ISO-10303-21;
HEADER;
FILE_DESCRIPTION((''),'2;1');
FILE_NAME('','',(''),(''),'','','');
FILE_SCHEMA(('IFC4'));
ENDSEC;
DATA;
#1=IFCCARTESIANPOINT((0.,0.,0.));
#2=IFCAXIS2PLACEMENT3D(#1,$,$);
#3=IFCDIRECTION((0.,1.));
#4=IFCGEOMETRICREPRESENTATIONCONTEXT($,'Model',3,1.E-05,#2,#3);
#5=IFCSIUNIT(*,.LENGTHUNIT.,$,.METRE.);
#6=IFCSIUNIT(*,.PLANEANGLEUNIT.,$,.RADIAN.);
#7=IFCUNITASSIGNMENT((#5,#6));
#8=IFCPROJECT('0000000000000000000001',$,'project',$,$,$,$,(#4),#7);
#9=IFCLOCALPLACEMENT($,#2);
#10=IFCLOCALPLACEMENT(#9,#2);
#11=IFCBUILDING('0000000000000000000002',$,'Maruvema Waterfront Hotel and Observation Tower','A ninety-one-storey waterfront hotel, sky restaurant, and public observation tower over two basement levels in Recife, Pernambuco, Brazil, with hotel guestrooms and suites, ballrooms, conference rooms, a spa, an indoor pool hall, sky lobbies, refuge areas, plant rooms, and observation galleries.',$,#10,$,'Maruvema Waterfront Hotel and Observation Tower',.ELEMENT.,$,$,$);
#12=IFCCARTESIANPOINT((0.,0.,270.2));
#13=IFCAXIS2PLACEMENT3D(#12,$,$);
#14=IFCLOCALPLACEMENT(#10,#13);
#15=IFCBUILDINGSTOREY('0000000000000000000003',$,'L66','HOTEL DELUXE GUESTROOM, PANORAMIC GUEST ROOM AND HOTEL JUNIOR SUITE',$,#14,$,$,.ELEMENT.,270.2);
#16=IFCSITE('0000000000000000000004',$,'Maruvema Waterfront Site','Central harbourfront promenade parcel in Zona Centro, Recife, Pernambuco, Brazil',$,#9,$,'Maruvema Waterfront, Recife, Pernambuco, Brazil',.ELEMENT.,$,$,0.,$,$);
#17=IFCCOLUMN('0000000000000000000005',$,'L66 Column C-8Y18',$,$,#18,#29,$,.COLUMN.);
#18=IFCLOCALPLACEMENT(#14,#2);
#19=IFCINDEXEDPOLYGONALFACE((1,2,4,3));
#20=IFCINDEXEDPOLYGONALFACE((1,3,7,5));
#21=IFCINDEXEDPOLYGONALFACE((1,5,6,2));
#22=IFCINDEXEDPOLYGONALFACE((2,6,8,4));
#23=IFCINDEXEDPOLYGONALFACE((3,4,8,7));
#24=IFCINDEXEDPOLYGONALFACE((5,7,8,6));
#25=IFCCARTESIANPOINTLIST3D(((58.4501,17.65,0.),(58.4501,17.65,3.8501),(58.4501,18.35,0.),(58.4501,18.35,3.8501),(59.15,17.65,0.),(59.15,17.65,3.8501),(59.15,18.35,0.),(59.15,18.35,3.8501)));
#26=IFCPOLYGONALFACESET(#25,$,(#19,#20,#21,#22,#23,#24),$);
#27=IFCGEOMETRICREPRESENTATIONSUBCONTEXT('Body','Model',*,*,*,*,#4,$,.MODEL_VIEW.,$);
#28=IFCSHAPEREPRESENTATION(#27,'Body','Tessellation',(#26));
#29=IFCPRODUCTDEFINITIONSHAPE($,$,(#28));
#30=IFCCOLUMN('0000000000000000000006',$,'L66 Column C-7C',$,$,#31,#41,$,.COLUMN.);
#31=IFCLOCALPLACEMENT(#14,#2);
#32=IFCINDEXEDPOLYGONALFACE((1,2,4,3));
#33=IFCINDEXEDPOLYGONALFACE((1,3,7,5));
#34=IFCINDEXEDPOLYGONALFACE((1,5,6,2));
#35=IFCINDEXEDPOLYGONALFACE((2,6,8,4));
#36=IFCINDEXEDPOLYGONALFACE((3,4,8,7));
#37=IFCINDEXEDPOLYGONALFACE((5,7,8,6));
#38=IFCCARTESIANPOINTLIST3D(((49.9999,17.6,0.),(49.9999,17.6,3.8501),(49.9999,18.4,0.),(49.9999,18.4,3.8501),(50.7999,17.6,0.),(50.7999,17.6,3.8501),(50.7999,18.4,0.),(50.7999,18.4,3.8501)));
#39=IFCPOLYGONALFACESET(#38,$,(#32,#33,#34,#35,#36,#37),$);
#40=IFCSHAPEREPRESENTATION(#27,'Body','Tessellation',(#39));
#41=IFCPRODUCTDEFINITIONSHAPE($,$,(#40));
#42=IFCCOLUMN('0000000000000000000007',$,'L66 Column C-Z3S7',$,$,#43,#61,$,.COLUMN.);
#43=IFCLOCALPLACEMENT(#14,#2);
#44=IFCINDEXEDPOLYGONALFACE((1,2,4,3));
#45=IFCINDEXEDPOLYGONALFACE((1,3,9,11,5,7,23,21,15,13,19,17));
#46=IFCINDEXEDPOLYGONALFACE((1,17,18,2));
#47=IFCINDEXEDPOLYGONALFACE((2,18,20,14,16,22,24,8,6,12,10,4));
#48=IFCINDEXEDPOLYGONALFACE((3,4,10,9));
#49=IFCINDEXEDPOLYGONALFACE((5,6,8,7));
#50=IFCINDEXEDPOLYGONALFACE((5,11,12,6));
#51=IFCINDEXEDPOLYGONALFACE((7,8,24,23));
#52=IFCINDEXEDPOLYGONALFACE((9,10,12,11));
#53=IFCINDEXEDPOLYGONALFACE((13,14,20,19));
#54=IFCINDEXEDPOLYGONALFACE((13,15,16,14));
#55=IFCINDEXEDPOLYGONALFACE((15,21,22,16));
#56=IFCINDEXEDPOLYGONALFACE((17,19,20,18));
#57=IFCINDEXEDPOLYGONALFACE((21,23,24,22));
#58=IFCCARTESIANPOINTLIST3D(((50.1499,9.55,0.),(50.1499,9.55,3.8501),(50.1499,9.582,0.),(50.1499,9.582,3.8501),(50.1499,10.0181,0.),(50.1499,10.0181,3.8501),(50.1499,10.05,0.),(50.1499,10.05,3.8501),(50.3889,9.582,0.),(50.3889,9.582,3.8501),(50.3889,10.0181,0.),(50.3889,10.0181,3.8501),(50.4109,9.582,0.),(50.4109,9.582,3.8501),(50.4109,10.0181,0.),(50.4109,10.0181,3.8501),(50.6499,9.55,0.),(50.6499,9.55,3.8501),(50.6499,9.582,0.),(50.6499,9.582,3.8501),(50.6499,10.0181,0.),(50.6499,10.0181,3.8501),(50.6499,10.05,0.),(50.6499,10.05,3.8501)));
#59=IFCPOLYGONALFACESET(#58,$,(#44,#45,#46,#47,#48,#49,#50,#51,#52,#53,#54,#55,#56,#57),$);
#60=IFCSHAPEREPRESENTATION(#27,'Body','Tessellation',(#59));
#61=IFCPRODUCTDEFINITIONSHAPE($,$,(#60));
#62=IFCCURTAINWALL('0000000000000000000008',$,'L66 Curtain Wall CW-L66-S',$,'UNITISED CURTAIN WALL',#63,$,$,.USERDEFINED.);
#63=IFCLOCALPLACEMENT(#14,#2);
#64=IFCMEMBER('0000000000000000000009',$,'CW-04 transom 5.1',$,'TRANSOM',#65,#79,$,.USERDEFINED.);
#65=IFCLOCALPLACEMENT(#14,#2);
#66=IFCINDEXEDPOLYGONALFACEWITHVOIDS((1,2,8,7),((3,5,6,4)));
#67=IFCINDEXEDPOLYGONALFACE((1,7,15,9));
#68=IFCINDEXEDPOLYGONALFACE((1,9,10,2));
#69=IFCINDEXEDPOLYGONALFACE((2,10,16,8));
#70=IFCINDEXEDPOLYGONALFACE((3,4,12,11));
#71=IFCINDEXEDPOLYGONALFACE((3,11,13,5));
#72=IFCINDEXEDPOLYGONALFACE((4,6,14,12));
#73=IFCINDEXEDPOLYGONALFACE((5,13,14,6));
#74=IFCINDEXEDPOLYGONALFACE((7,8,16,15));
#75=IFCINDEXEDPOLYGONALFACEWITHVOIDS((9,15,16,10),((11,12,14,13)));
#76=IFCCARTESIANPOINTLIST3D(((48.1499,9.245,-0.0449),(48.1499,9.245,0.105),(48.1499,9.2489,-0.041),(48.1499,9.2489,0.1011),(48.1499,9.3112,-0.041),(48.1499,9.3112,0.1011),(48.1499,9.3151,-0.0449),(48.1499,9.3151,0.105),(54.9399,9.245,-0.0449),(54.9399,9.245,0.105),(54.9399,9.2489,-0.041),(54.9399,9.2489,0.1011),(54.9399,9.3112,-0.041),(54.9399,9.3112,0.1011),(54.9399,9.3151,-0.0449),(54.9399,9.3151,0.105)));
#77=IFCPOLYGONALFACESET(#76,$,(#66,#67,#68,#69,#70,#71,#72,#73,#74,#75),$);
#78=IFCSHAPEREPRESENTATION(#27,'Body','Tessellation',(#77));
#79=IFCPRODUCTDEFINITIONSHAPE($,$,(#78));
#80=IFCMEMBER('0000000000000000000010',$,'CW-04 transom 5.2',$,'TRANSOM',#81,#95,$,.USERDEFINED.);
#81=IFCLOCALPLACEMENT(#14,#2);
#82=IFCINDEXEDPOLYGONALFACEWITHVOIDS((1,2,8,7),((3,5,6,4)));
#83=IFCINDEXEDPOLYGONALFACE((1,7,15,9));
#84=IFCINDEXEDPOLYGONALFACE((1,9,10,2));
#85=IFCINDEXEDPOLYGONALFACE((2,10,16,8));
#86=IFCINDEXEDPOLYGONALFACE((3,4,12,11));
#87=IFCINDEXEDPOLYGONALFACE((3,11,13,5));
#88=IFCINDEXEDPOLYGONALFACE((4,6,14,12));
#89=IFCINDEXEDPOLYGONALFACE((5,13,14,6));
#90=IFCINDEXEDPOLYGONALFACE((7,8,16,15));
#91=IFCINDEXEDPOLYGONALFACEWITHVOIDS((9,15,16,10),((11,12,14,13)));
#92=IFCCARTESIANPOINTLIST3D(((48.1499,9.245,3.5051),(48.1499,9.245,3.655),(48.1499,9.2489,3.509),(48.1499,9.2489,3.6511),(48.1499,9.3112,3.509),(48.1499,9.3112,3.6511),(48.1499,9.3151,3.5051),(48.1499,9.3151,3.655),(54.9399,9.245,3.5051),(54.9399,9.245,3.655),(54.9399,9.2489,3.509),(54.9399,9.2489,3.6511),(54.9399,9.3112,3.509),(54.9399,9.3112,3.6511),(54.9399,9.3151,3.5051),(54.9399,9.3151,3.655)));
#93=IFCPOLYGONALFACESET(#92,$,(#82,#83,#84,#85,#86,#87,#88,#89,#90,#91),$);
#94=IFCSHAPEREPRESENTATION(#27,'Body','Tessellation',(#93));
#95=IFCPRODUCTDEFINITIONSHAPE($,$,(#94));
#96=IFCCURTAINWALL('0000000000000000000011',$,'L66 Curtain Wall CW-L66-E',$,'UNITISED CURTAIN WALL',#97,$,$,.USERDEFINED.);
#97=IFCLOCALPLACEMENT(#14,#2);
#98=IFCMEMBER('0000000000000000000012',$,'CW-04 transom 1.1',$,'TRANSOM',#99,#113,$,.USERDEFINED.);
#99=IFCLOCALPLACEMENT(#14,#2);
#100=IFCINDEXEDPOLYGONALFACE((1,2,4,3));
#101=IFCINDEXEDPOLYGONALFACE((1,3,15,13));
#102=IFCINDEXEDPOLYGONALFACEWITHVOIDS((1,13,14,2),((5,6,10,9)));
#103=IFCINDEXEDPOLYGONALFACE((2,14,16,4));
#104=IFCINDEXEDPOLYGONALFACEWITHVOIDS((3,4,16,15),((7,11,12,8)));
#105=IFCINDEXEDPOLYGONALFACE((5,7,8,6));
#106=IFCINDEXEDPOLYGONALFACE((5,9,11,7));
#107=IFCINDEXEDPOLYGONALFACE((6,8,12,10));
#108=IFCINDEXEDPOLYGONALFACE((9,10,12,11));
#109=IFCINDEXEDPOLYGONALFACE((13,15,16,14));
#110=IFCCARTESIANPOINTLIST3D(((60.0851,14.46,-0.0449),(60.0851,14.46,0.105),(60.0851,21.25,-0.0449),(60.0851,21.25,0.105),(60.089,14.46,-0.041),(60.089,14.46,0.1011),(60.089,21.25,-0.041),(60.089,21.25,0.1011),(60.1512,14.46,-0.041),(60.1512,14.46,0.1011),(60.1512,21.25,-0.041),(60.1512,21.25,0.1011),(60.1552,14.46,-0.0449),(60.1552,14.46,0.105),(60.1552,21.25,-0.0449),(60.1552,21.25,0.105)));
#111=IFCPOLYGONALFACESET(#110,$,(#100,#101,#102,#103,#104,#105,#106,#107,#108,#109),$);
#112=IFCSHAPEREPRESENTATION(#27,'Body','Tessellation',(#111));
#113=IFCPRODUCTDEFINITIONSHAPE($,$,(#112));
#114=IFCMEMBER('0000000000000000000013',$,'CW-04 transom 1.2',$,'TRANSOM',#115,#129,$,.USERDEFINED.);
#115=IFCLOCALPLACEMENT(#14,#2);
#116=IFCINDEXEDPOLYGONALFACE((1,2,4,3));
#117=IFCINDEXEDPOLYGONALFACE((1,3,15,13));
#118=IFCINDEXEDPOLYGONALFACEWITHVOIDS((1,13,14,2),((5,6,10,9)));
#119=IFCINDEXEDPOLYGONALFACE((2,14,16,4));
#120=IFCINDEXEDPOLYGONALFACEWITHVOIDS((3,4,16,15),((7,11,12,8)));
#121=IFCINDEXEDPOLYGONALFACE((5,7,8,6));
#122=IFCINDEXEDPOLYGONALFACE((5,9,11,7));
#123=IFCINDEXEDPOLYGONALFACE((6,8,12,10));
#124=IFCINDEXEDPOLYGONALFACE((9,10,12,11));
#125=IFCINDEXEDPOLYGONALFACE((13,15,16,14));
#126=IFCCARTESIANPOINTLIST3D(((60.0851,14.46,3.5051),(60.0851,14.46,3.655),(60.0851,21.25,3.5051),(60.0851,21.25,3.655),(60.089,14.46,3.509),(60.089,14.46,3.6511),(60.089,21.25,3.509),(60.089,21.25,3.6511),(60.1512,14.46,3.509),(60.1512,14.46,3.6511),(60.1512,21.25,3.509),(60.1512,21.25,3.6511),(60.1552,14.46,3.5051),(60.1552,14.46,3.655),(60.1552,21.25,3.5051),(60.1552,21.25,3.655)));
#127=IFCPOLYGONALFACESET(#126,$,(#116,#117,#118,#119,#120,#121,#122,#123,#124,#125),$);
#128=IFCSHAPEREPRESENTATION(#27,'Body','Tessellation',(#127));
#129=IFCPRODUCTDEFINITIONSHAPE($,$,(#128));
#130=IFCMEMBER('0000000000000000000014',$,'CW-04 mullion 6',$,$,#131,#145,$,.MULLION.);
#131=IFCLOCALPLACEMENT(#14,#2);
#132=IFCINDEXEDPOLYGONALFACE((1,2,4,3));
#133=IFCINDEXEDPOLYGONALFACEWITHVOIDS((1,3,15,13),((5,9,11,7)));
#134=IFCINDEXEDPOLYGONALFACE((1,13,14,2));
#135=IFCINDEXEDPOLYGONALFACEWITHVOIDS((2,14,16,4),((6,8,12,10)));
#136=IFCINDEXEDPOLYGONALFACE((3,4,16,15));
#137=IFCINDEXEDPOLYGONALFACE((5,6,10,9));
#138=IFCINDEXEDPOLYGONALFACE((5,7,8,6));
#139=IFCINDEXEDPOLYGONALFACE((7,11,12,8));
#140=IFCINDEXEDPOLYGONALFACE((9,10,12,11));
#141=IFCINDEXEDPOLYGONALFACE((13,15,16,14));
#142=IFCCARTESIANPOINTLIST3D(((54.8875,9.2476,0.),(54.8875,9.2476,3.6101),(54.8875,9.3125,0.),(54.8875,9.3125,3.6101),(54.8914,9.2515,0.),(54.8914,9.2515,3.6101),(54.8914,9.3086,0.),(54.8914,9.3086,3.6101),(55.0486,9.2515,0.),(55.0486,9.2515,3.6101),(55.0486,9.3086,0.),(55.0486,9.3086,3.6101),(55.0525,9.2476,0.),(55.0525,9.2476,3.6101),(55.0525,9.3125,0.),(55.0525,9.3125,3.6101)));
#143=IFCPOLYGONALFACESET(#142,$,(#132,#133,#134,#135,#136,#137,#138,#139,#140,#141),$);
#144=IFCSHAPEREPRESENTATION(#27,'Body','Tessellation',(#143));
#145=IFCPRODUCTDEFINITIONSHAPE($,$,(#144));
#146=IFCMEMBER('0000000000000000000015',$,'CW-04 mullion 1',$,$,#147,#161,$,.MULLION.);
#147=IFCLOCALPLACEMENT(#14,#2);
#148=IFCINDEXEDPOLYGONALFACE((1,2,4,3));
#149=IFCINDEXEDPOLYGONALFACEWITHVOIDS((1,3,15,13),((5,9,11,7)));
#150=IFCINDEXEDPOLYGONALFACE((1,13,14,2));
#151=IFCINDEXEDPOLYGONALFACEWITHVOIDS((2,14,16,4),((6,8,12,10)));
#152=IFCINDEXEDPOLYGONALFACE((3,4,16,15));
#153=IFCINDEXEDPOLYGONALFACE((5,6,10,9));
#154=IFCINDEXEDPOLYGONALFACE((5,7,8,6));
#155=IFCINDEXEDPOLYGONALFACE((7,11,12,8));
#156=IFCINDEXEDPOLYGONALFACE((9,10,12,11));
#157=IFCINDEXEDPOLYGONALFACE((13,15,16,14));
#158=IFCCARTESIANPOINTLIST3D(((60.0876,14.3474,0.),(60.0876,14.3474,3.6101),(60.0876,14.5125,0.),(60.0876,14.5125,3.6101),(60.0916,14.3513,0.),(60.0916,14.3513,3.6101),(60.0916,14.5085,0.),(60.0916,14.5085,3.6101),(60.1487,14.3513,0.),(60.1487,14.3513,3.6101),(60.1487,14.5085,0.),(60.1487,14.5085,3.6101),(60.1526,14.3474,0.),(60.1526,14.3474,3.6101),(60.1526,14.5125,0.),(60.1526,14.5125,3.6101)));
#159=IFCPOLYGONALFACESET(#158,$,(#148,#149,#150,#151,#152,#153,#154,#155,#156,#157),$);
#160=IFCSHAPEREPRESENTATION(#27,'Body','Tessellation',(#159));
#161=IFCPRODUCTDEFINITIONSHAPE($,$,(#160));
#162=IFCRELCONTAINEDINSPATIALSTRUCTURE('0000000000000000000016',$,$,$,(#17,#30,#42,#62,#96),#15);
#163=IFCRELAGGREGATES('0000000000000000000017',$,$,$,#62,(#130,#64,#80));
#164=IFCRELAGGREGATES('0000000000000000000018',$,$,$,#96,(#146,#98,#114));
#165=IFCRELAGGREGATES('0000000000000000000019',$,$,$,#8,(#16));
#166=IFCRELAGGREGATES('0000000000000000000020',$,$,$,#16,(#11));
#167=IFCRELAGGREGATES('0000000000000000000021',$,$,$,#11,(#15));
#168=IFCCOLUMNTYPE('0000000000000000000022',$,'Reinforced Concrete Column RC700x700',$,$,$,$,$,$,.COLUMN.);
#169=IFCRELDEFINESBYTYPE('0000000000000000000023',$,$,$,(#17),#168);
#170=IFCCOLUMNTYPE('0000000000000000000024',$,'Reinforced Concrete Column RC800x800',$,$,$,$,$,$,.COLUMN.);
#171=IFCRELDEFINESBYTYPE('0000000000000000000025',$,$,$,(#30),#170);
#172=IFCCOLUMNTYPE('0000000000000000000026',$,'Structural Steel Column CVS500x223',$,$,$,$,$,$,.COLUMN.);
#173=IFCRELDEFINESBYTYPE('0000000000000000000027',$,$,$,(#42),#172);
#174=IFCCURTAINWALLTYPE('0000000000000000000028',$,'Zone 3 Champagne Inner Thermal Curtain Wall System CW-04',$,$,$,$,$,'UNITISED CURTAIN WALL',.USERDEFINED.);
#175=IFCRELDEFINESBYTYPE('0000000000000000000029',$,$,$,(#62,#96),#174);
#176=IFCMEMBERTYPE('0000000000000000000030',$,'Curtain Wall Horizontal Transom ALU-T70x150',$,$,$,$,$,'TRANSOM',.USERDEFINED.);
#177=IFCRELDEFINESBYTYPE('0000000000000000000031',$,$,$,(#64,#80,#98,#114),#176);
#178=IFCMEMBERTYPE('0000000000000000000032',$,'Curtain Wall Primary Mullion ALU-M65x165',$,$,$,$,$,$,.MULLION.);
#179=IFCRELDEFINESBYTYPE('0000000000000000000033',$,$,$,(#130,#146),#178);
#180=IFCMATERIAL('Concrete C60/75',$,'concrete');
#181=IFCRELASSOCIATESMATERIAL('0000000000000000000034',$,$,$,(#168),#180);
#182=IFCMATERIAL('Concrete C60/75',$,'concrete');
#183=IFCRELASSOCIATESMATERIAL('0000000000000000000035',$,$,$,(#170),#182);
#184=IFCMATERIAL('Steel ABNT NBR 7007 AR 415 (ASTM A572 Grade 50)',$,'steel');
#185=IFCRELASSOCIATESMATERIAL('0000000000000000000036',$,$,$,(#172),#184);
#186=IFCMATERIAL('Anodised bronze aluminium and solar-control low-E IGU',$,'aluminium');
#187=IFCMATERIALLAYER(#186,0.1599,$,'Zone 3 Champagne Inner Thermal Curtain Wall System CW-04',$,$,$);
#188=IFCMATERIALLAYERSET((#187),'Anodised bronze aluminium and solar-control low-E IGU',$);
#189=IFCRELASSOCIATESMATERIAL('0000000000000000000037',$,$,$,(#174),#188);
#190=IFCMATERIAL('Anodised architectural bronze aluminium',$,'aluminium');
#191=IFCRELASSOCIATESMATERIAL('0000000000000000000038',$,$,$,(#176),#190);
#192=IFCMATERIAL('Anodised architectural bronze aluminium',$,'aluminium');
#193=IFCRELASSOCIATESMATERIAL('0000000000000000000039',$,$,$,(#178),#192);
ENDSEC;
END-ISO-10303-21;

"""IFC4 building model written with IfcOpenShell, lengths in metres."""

from ifc_helpers import new_model, si_unit, direction, frame, origin, origin_2d, place, context, subcontext, project, spatial, rectangle, hollow_rectangle, i_section, extrude, material, layer, layer_set, material_profile, profile_set, type_object, element, aggregate, save


model = new_model("IFC4")

# Units and contexts
model_context = context("Model", 3, precision=1e-05, world=origin(), true_north=direction((0.0, 1.0)))
body_context = subcontext(model_context, "Body", "Model", "MODEL_VIEW")
ifc_project = project(units=[si_unit("LENGTHUNIT", "METRE"), si_unit("PLANEANGLEUNIT", "RADIAN")], contexts=[model_context])

# Site, building, storey
site_placement = place(None, origin())
site = spatial("IfcSite", under=ifc_project, at=site_placement, Name="Maruvema Waterfront Site", Description="Central harbourfront promenade parcel in Zona Centro, Recife, Pernambuco, Brazil", LongName="Maruvema Waterfront, Recife, Pernambuco, Brazil", CompositionType="ELEMENT", RefElevation=0.0)
building_placement = place(site_placement, origin())
building = spatial("IfcBuilding", under=site, at=building_placement, Name="Maruvema Waterfront Hotel and Observation Tower", Description="A ninety-one-storey waterfront hotel, sky restaurant, and public observation tower over two basement levels in Recife, Pernambuco, Brazil, with hotel guestrooms and suites, ballrooms, conference rooms, a spa, an indoor pool hall, sky lobbies, refuge areas, plant rooms, and observation galleries.", LongName="Maruvema Waterfront Hotel and Observation Tower", CompositionType="ELEMENT")
storey_placement = place(building_placement, frame((0.0, 0.0, 270.2)))
storey = spatial("IfcBuildingStorey", under=building, at=storey_placement, Name="L66", Description="HOTEL DELUXE GUESTROOM, PANORAMIC GUEST ROOM AND HOTEL JUNIOR SUITE", CompositionType="ELEMENT", Elevation=270.2)

# Columns
ifc_material_1 = material(Name="Concrete C60/75", Category="concrete")
ifc_material_profile_1 = material_profile(ifc_material_1, rectangle(XDim=0.7, YDim=0.7, at=origin_2d()), Name="RC700x700")
ifc_profile_set_1 = profile_set([ifc_material_profile_1], Name="Concrete C60/75")
column_type_1 = type_object("IfcColumnType", Name="Reinforced Concrete Column RC700x700", PredefinedType="COLUMN", material=ifc_profile_set_1)
column_1_placement = place(storey_placement, frame((58.8, 18.0, 0.0), z_axis=(0.0, 0.0, 1.0), x_axis=(1.0, 0.0, 0.0)))
element("IfcColumn", 1, at=column_1_placement, inside=storey, type_object=column_type_1, Name="L66 Column C-8Y18", PredefinedType="COLUMN", context=body_context, shape_type="SweptSolid", body=[
    extrude(rectangle(XDim=0.7, YDim=0.7, at=origin_2d()), origin(), (0.0, 0.0, 1.0), 3.8501),
])
ifc_material_2 = material(Name="Concrete C60/75", Category="concrete")
ifc_material_profile_2 = material_profile(ifc_material_2, rectangle(XDim=0.8, YDim=0.8, at=origin_2d()), Name="RC800x800")
ifc_profile_set_2 = profile_set([ifc_material_profile_2], Name="Concrete C60/75")
column_type_2 = type_object("IfcColumnType", Name="Reinforced Concrete Column RC800x800", PredefinedType="COLUMN", material=ifc_profile_set_2)
column_2_placement = place(storey_placement, frame((50.3999, 18.0, 0.0), z_axis=(0.0, 0.0, 1.0), x_axis=(1.0, 0.0, 0.0)))
element("IfcColumn", 2, at=column_2_placement, inside=storey, type_object=column_type_2, Name="L66 Column C-7C", PredefinedType="COLUMN", context=body_context, shape_type="SweptSolid", body=[
    extrude(rectangle(XDim=0.8, YDim=0.8, at=origin_2d()), origin(), (0.0, 0.0, 1.0), 3.8501),
])
ifc_material_3 = material(Name="Steel ABNT NBR 7007 AR 415 (ASTM A572 Grade 50)", Category="steel")
ifc_material_profile_3 = material_profile(ifc_material_3, i_section(OverallWidth=0.5, OverallDepth=0.5, WebThickness=0.022, FlangeThickness=0.032, at=origin_2d()), Name="CVS500x223")
ifc_profile_set_3 = profile_set([ifc_material_profile_3], Name="Steel ABNT NBR 7007 AR 415 (ASTM A572 Grade 50)")
column_type_3 = type_object("IfcColumnType", Name="Structural Steel Column CVS500x223", PredefinedType="COLUMN", material=ifc_profile_set_3)
column_3_placement = place(storey_placement, frame((50.3999, 9.8, 0.0), z_axis=(0.0, 0.0, 1.0), x_axis=(1.0, 0.0, 0.0)))
element("IfcColumn", 3, at=column_3_placement, inside=storey, type_object=column_type_3, Name="L66 Column C-Z3S7", PredefinedType="COLUMN", context=body_context, shape_type="SweptSolid", body=[
    extrude(i_section(OverallWidth=0.5, OverallDepth=0.5, WebThickness=0.022, FlangeThickness=0.032, at=origin_2d()), origin(), (0.0, 0.0, 1.0), 3.8501),
])

# Curtain walls, members
ifc_material_4 = material(Name="Anodised bronze aluminium and solar-control low-E IGU", Category="aluminium")
ifc_layer_1 = layer(ifc_material_4, 0.1599, Name="Zone 3 Champagne Inner Thermal Curtain Wall System CW-04")
ifc_layer_set_1 = layer_set([ifc_layer_1], Name="Anodised bronze aluminium and solar-control low-E IGU")
curtain_wall_type = type_object("IfcCurtainWallType", Name="Zone 3 Champagne Inner Thermal Curtain Wall System CW-04", ElementType="UNITISED CURTAIN WALL", PredefinedType="USERDEFINED", material=ifc_layer_set_1)
curtain_wall_1_placement = place(storey_placement, origin())
curtain_wall_1 = element("IfcCurtainWall", 4, at=curtain_wall_1_placement, inside=storey, type_object=curtain_wall_type, Name="L66 Curtain Wall CW-L66-S", ObjectType="UNITISED CURTAIN WALL", PredefinedType="USERDEFINED")
ifc_material_5 = material(Name="Anodised architectural bronze aluminium", Category="aluminium")
ifc_material_profile_4 = material_profile(ifc_material_5, hollow_rectangle(XDim=0.0701, YDim=0.1499, WallThickness=0.0039, at=origin_2d()), Name="ALU-T70x150")
ifc_profile_set_4 = profile_set([ifc_material_profile_4], Name="Anodised architectural bronze aluminium")
member_type_1 = type_object("IfcMemberType", Name="Curtain Wall Horizontal Transom ALU-T70x150", ElementType="TRANSOM", PredefinedType="USERDEFINED", material=ifc_profile_set_4)
member_1_placement = place(storey_placement, frame((48.1499, 9.28, 0.03), z_axis=(1.0, 0.0, 0.0), x_axis=(0.0, 1.0, 0.0)))
member_1 = element("IfcMember", 5, at=member_1_placement, type_object=member_type_1, Name="CW-04 transom 5.1", ObjectType="TRANSOM", PredefinedType="USERDEFINED", context=body_context, shape_type="SweptSolid", body=[
    extrude(hollow_rectangle(XDim=0.0701, YDim=0.1499, WallThickness=0.0039, at=origin_2d()), origin(), (0.0, 0.0, 1.0), 6.79),
])
member_2_placement = place(storey_placement, frame((48.1499, 9.28, 3.5801), z_axis=(1.0, 0.0, 0.0), x_axis=(0.0, 1.0, 0.0)))
member_2 = element("IfcMember", 6, at=member_2_placement, type_object=member_type_1, Name="CW-04 transom 5.2", ObjectType="TRANSOM", PredefinedType="USERDEFINED", context=body_context, shape_type="SweptSolid", body=[
    extrude(hollow_rectangle(XDim=0.0701, YDim=0.1499, WallThickness=0.0039, at=origin_2d()), origin(), (0.0, 0.0, 1.0), 6.79),
])
curtain_wall_2_placement = place(storey_placement, origin())
curtain_wall_2 = element("IfcCurtainWall", 7, at=curtain_wall_2_placement, inside=storey, type_object=curtain_wall_type, Name="L66 Curtain Wall CW-L66-E", ObjectType="UNITISED CURTAIN WALL", PredefinedType="USERDEFINED")
member_3_placement = place(storey_placement, frame((60.1201, 14.46, 0.03), z_axis=(0.0, 1.0, 0.0), x_axis=(-1.0, 0.0, 0.0)))
member_3 = element("IfcMember", 8, at=member_3_placement, type_object=member_type_1, Name="CW-04 transom 1.1", ObjectType="TRANSOM", PredefinedType="USERDEFINED", context=body_context, shape_type="SweptSolid", body=[
    extrude(hollow_rectangle(XDim=0.0701, YDim=0.1499, WallThickness=0.0039, at=origin_2d()), origin(), (0.0, 0.0, 1.0), 6.79),
])
member_4_placement = place(storey_placement, frame((60.1201, 14.46, 3.5801), z_axis=(0.0, 1.0, 0.0), x_axis=(-1.0, 0.0, 0.0)))
member_4 = element("IfcMember", 9, at=member_4_placement, type_object=member_type_1, Name="CW-04 transom 1.2", ObjectType="TRANSOM", PredefinedType="USERDEFINED", context=body_context, shape_type="SweptSolid", body=[
    extrude(hollow_rectangle(XDim=0.0701, YDim=0.1499, WallThickness=0.0039, at=origin_2d()), origin(), (0.0, 0.0, 1.0), 6.79),
])

# Members
ifc_material_6 = material(Name="Anodised architectural bronze aluminium", Category="aluminium")
ifc_material_profile_5 = material_profile(ifc_material_6, hollow_rectangle(XDim=0.0649, YDim=0.165, WallThickness=0.0039, at=origin_2d()), Name="ALU-M65x165")
ifc_profile_set_5 = profile_set([ifc_material_profile_5], Name="Anodised architectural bronze aluminium")
member_type_2 = type_object("IfcMemberType", Name="Curtain Wall Primary Mullion ALU-M65x165", PredefinedType="MULLION", material=ifc_profile_set_5)
member_5_placement = place(storey_placement, frame((54.97, 9.28, 0.0), z_axis=(0.0, 0.0, 1.0), x_axis=(0.0, 1.0, 0.0)))
member_5 = element("IfcMember", 10, at=member_5_placement, type_object=member_type_2, Name="CW-04 mullion 6", PredefinedType="MULLION", context=body_context, shape_type="SweptSolid", body=[
    extrude(hollow_rectangle(XDim=0.0649, YDim=0.165, WallThickness=0.0039, at=origin_2d()), origin(), (0.0, 0.0, 1.0), 3.6101),
])
member_6_placement = place(storey_placement, frame((60.1201, 14.4299, 0.0), z_axis=(0.0, 0.0, 1.0), x_axis=(-1.0, 0.0, 0.0)))
member_6 = element("IfcMember", 11, at=member_6_placement, type_object=member_type_2, Name="CW-04 mullion 1", PredefinedType="MULLION", context=body_context, shape_type="SweptSolid", body=[
    extrude(hollow_rectangle(XDim=0.0649, YDim=0.165, WallThickness=0.0039, at=origin_2d()), origin(), (0.0, 0.0, 1.0), 3.6101),
])

aggregate(curtain_wall_1, [member_5, member_1, member_2])
aggregate(curtain_wall_2, [member_6, member_3, member_4])

save(model, "model.ifc")
